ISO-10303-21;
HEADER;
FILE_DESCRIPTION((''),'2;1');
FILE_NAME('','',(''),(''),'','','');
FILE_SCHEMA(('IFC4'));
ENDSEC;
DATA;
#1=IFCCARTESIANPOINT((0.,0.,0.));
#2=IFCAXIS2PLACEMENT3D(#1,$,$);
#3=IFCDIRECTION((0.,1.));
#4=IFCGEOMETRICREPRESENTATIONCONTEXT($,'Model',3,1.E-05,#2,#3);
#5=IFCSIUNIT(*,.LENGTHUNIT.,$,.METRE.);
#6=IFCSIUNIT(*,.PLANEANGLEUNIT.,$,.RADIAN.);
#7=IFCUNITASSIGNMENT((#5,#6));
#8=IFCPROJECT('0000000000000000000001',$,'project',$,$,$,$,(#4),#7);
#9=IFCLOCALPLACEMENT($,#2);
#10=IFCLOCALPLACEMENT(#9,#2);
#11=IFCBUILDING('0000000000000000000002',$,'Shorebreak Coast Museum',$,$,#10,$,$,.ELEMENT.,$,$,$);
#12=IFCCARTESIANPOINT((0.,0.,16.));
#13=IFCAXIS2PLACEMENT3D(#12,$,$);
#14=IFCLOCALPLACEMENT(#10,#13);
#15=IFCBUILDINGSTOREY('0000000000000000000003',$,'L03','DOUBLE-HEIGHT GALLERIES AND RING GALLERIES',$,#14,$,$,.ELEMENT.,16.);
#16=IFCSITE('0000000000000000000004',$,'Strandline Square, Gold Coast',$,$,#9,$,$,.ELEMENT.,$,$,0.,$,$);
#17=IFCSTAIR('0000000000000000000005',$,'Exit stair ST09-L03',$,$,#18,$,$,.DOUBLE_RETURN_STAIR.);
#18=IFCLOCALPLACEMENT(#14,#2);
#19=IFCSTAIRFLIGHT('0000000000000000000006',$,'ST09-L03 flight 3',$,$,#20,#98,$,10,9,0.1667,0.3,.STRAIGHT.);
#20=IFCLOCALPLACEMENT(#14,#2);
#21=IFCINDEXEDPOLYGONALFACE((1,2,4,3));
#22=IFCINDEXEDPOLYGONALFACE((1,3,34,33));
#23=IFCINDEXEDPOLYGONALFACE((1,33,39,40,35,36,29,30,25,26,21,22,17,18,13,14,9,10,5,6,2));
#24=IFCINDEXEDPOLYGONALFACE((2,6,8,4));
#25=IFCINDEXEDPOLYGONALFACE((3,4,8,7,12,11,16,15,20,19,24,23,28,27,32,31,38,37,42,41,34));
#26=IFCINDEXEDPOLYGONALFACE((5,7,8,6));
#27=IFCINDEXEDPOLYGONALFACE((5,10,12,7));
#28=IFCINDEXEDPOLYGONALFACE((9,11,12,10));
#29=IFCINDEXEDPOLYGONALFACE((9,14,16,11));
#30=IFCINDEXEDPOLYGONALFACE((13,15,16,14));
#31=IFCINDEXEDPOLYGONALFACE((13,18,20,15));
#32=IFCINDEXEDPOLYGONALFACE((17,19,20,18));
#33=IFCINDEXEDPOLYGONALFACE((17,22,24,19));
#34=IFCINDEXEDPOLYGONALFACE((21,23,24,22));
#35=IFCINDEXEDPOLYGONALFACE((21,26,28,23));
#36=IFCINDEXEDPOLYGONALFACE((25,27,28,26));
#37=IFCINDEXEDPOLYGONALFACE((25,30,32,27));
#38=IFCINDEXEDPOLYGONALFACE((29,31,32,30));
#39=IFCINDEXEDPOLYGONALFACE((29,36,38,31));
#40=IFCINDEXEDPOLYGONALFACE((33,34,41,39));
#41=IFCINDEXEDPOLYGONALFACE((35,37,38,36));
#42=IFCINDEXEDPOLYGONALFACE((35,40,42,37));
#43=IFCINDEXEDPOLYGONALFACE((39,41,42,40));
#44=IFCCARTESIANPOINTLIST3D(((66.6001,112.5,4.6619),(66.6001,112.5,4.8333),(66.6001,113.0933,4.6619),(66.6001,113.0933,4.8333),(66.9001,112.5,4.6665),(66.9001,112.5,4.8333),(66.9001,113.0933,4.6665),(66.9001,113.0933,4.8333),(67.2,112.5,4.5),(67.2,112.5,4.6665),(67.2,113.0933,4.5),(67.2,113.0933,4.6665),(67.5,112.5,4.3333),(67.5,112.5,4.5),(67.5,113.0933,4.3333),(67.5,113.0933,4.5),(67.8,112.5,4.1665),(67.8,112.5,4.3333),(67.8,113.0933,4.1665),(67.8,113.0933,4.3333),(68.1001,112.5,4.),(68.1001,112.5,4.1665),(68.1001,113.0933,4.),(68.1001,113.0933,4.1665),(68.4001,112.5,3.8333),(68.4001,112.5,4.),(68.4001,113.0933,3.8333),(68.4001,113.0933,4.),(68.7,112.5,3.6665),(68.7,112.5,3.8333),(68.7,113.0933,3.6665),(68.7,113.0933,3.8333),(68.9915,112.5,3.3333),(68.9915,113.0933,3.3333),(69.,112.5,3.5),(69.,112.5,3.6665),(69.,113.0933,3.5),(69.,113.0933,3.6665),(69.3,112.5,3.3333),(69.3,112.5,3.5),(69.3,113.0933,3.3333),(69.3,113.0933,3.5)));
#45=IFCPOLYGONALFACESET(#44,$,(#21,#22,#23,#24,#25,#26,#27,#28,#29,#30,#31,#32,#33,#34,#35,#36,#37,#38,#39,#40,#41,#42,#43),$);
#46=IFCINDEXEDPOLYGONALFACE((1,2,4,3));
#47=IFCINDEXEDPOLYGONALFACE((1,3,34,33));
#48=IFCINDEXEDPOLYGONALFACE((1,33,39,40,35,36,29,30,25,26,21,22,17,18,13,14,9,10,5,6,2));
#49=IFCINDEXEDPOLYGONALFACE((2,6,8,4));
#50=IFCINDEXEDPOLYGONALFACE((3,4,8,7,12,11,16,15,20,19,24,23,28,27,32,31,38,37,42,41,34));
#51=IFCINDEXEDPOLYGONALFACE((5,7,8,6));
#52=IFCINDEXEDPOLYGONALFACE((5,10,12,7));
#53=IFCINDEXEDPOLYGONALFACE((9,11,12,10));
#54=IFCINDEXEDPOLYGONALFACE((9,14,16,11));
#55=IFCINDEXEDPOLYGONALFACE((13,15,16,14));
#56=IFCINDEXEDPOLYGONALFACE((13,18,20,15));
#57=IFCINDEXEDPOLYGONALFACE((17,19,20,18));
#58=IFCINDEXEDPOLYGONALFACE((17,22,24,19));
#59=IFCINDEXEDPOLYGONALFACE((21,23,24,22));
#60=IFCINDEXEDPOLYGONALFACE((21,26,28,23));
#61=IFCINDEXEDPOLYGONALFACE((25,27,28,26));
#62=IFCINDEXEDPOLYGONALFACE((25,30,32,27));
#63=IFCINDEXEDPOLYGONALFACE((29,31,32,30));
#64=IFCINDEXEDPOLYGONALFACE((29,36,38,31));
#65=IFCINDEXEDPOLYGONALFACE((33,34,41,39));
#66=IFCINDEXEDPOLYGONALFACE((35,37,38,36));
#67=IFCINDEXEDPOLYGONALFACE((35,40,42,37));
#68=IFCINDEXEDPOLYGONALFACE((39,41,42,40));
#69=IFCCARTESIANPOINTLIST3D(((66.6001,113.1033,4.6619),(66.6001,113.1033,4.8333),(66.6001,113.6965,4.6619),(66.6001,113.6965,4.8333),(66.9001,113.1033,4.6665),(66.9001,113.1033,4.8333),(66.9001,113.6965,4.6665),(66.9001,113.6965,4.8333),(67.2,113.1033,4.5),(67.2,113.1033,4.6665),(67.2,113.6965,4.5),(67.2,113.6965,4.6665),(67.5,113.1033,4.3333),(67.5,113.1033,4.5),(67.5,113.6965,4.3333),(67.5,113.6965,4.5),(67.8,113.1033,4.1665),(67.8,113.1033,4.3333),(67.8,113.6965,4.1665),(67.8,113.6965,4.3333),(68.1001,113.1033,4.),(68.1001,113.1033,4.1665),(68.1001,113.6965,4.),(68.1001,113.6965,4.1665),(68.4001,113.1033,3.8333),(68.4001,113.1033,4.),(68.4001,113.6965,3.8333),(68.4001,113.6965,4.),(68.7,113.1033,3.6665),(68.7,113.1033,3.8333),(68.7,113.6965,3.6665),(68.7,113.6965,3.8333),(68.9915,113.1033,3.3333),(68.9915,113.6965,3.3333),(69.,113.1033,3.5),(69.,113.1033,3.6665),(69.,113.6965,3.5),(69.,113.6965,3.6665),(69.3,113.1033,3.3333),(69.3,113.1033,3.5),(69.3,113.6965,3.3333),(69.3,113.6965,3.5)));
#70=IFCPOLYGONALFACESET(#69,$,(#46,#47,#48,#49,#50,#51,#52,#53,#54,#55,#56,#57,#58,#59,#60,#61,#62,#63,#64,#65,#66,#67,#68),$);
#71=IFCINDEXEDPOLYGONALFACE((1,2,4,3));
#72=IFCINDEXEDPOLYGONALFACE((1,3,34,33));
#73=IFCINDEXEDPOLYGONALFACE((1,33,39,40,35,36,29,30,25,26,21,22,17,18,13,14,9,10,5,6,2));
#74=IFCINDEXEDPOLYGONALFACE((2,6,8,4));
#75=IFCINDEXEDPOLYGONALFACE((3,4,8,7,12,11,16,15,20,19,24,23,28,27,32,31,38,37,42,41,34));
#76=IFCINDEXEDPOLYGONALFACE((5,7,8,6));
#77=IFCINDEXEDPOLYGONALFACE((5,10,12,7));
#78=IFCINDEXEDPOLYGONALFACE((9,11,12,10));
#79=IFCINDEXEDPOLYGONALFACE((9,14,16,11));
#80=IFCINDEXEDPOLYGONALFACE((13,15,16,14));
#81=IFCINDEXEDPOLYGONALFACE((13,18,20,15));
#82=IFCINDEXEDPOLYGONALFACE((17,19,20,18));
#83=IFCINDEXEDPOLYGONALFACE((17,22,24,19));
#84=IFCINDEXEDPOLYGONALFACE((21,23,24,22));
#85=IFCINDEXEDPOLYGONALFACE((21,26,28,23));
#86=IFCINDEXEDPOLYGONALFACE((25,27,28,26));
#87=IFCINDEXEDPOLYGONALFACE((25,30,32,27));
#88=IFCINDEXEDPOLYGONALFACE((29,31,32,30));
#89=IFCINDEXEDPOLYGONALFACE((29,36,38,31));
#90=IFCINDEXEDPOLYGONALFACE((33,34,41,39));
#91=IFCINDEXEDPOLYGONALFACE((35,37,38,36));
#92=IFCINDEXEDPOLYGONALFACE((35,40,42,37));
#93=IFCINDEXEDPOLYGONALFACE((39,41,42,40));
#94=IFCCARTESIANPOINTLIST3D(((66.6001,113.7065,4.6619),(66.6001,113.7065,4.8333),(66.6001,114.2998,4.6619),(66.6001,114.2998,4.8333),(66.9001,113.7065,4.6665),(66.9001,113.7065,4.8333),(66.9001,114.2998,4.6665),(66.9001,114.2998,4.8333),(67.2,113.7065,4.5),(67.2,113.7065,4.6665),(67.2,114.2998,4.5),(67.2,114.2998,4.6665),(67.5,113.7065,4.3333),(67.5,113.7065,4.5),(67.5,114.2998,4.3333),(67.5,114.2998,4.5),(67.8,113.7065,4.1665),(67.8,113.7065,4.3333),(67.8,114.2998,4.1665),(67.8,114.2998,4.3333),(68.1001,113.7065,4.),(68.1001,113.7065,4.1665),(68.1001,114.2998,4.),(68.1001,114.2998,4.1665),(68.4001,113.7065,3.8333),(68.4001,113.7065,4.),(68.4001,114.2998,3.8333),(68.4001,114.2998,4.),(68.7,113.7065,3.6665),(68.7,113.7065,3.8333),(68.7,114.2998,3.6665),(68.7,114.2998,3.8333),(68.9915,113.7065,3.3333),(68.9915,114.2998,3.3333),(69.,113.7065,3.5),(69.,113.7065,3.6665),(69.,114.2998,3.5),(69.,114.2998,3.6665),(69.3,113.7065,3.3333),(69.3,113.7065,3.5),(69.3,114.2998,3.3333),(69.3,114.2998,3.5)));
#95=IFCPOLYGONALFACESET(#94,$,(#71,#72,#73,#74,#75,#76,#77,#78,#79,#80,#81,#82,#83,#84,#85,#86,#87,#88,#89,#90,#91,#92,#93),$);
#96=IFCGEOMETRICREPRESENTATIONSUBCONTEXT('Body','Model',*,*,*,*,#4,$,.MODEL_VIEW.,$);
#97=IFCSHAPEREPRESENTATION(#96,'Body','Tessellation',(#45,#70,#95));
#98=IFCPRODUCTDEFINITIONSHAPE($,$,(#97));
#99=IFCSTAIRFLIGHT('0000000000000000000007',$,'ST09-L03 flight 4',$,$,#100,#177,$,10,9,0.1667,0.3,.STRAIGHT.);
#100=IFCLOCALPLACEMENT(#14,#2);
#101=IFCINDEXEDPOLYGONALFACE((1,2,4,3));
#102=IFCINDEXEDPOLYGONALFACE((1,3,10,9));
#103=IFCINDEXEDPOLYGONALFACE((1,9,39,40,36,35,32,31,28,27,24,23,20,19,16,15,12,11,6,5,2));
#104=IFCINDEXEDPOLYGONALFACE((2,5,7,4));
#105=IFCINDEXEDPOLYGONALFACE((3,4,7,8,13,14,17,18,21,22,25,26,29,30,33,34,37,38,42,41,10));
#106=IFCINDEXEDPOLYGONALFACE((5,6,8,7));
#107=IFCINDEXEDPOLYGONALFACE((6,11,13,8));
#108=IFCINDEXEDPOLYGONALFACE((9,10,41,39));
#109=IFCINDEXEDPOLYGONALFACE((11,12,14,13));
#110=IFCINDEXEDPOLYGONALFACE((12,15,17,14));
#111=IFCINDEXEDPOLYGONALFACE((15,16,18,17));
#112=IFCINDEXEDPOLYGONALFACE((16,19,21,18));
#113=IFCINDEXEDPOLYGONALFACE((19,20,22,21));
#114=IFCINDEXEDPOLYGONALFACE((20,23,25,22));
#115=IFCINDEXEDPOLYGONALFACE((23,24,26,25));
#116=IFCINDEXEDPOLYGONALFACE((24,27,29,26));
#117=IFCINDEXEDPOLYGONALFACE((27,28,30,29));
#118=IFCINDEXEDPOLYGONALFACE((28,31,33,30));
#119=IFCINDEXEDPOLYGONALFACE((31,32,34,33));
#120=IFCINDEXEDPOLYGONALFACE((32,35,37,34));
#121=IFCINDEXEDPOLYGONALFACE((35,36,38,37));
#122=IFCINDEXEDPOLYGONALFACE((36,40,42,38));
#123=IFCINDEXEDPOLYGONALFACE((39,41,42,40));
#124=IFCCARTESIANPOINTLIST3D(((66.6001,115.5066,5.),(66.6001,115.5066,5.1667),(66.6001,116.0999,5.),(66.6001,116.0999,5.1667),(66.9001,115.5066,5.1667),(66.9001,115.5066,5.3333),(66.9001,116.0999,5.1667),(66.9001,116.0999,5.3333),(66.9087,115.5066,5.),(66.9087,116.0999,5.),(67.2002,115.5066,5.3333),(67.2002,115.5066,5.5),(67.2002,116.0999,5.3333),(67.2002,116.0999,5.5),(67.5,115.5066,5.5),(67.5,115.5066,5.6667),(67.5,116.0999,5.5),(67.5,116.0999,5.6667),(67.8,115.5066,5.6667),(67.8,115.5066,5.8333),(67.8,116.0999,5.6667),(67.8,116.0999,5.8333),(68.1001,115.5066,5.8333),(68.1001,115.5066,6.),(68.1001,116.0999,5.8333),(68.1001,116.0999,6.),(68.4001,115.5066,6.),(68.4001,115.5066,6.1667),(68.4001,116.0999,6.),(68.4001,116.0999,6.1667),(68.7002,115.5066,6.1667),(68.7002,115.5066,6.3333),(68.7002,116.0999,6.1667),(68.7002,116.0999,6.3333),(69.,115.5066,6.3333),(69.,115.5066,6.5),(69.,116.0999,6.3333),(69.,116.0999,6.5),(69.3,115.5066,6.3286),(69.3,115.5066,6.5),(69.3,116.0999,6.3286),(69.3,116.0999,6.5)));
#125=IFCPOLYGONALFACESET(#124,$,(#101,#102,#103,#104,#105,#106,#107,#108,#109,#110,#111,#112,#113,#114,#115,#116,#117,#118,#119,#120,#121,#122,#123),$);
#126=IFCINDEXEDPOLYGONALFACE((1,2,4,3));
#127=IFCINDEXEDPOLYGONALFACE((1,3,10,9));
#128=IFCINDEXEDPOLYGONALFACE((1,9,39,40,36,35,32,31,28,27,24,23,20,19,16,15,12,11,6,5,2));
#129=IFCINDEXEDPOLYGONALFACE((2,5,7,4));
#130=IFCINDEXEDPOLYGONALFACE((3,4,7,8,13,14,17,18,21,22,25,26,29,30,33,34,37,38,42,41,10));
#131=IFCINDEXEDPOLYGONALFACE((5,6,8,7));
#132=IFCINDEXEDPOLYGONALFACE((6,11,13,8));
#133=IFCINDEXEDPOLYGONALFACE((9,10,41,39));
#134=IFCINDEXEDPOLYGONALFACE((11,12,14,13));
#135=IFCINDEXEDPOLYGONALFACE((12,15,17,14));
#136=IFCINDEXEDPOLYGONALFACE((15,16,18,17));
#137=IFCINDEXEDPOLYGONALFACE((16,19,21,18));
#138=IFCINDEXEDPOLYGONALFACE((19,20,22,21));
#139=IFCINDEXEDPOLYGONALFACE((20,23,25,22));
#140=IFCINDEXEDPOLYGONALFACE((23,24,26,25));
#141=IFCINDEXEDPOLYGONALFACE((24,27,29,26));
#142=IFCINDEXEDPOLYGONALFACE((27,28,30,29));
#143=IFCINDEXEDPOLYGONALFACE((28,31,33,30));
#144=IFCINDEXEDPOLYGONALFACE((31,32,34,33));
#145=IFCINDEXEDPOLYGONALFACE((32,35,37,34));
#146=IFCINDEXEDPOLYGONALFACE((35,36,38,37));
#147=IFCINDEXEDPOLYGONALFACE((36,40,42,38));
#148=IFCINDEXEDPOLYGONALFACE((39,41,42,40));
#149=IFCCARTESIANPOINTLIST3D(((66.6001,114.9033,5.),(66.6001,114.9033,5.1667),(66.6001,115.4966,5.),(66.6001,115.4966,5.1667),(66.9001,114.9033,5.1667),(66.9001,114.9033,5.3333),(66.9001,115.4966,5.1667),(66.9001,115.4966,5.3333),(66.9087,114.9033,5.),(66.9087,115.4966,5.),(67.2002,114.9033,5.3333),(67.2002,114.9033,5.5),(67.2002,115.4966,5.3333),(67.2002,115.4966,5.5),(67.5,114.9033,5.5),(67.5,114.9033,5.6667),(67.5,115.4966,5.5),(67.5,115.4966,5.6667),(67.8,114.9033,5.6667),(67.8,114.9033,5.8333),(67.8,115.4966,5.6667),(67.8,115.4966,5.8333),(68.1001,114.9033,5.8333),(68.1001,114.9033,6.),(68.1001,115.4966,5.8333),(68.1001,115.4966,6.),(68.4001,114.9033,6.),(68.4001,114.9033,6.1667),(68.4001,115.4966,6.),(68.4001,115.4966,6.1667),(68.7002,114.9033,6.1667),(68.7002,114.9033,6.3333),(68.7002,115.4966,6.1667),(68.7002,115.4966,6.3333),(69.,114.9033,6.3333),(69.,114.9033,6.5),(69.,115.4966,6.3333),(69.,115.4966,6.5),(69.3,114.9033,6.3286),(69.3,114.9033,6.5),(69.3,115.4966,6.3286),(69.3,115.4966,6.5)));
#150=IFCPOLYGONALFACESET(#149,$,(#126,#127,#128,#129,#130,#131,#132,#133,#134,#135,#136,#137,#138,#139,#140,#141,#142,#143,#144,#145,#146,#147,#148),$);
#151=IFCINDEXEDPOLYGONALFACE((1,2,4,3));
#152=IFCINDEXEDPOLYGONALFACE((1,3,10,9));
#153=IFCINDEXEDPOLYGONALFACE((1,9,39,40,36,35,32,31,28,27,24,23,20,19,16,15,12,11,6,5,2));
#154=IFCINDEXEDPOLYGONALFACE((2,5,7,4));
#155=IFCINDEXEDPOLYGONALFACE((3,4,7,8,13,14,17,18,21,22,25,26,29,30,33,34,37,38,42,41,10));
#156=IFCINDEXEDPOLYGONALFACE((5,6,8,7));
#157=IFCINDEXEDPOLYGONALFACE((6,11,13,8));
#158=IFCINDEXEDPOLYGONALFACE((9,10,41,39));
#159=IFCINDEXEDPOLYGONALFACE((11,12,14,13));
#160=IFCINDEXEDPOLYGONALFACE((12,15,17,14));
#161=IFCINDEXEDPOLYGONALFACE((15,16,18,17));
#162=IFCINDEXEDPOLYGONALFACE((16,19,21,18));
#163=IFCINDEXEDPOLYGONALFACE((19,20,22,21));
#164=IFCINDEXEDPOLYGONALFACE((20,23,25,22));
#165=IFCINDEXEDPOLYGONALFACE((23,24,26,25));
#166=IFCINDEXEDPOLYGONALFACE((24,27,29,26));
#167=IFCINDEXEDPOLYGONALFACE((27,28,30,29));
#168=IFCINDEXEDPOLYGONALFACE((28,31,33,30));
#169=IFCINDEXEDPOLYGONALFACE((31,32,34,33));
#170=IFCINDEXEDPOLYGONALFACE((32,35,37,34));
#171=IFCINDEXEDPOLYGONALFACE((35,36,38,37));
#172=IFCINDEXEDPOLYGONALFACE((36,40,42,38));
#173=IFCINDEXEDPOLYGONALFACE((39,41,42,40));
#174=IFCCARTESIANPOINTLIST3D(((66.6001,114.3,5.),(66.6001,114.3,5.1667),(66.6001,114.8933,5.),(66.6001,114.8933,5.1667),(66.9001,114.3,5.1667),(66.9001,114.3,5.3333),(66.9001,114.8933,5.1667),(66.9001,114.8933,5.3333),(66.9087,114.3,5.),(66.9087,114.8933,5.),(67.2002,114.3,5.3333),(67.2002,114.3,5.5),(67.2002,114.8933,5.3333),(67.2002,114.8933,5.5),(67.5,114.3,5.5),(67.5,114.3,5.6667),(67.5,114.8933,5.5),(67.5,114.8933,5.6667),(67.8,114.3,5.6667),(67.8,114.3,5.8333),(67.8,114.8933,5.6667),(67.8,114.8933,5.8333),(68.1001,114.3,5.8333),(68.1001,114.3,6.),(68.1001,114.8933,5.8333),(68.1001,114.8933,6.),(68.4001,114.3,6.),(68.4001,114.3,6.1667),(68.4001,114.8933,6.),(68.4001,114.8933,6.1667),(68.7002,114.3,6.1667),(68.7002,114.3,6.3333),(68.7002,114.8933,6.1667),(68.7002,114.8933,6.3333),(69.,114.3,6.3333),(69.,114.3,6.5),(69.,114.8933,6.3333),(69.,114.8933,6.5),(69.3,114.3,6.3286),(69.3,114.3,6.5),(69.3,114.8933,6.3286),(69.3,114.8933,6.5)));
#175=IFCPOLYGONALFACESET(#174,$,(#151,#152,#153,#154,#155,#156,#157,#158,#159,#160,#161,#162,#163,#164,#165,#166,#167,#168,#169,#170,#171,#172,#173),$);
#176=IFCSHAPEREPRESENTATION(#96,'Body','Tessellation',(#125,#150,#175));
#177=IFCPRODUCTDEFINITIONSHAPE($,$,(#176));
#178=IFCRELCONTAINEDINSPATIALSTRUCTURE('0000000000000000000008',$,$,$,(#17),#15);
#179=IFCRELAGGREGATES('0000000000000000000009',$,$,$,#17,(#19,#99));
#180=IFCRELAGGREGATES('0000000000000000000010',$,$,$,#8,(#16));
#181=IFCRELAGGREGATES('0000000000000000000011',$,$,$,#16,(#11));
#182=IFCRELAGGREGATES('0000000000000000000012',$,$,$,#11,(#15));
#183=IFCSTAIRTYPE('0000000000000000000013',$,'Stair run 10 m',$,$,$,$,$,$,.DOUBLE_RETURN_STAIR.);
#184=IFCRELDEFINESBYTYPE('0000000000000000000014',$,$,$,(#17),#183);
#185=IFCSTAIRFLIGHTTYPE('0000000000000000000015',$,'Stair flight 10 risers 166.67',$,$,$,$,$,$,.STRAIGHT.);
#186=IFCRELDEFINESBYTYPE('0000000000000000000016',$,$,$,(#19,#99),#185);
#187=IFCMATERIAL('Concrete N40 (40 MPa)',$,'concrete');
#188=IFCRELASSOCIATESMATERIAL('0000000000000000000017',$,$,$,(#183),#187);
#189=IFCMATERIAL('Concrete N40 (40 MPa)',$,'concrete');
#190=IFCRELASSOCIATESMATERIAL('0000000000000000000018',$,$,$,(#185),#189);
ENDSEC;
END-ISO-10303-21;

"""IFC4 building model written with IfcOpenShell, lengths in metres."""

from ifc_helpers import new_model, si_unit, direction, frame, origin, place, context, subcontext, project, spatial, polyline, outline, extrude, material, type_object, element, aggregate, save


model = new_model("IFC4")

# Units and contexts
model_context = context("Model", 3, precision=1e-05, world=origin(), true_north=direction((0.0, 1.0)))
body_context = subcontext(model_context, "Body", "Model", "MODEL_VIEW")
ifc_project = project(units=[si_unit("LENGTHUNIT", "METRE"), si_unit("PLANEANGLEUNIT", "RADIAN")], contexts=[model_context])

# Site, building, storey
site_placement = place(None, origin())
site = spatial("IfcSite", under=ifc_project, at=site_placement, Name="Strandline Square, Gold Coast", CompositionType="ELEMENT", RefElevation=0.0)
building_placement = place(site_placement, origin())
building = spatial("IfcBuilding", under=site, at=building_placement, Name="Shorebreak Coast Museum", CompositionType="ELEMENT")
storey_placement = place(building_placement, frame((0.0, 0.0, 16.0)))
storey = spatial("IfcBuildingStorey", under=building, at=storey_placement, Name="L03", Description="DOUBLE-HEIGHT GALLERIES AND RING GALLERIES", CompositionType="ELEMENT", Elevation=16.0)

# Stair, stair flights
ifc_material_1 = material(Name="Concrete N40 (40 MPa)", Category="concrete")
stair_type = type_object("IfcStairType", Name="Stair run 10 m", PredefinedType="DOUBLE_RETURN_STAIR", material=ifc_material_1)
stair_placement = place(storey_placement, origin())
stair = element("IfcStair", 1, at=stair_placement, inside=storey, type_object=stair_type, Name="Exit stair ST09-L03", PredefinedType="DOUBLE_RETURN_STAIR")
ifc_material_2 = material(Name="Concrete N40 (40 MPa)", Category="concrete")
stair_flight_type = type_object("IfcStairFlightType", Name="Stair flight 10 risers 166.67", PredefinedType="STRAIGHT", material=ifc_material_2)
stair_flight_1_placement = place(storey_placement, frame((69.3, 113.3999, 3.3333), z_axis=(0.0, 0.0, 1.0), x_axis=(-1.0, 0.0, 0.0)))
stair_flight_1 = element("IfcStairFlight", 2, at=stair_flight_1_placement, type_object=stair_flight_type, Name="ST09-L03 flight 3", NumberOfRisers=10, NumberOfTreads=9, PredefinedType="STRAIGHT", RiserHeight=0.1667, TreadLength=0.3, context=body_context, shape_type="SweptSolid", body=[
    extrude(outline(polyline([(0.0, 0.0), (0.0, 0.1667), (0.3, 0.1667), (0.3, 0.3333), (0.6001, 0.3333), (0.6001, 0.5), (0.8999, 0.5), (0.8999, 0.6667), (1.2, 0.6667), (1.2, 0.8333), (1.5, 0.8333), (1.5, 1.0), (1.8, 1.0), (1.8, 1.1667), (2.1001, 1.1667), (2.1001, 1.3333), (2.3999, 1.3333), (2.3999, 1.5), (2.7, 1.5), (2.7, 1.6667), (2.7, 1.3286), (0.3086, 0.0), (0.0, 0.0)])), frame((0.0, 0.8999, 0.0), z_axis=(0.0, -1.0, 0.0), x_axis=(1.0, 0.0, 0.0)), (0.0, 0.0, 1.0), 0.5933),
    extrude(outline(polyline([(0.0, 0.0), (0.0, 0.1667), (0.3, 0.1667), (0.3, 0.3333), (0.6001, 0.3333), (0.6001, 0.5), (0.8999, 0.5), (0.8999, 0.6667), (1.2, 0.6667), (1.2, 0.8333), (1.5, 0.8333), (1.5, 1.0), (1.8, 1.0), (1.8, 1.1667), (2.1001, 1.1667), (2.1001, 1.3333), (2.3999, 1.3333), (2.3999, 1.5), (2.7, 1.5), (2.7, 1.6667), (2.7, 1.3286), (0.3086, 0.0), (0.0, 0.0)])), frame((0.0, 0.2966, 0.0), z_axis=(0.0, -1.0, 0.0), x_axis=(1.0, 0.0, 0.0)), (0.0, 0.0, 1.0), 0.5933),
    extrude(outline(polyline([(0.0, 0.0), (0.0, 0.1667), (0.3, 0.1667), (0.3, 0.3333), (0.6001, 0.3333), (0.6001, 0.5), (0.8999, 0.5), (0.8999, 0.6667), (1.2, 0.6667), (1.2, 0.8333), (1.5, 0.8333), (1.5, 1.0), (1.8, 1.0), (1.8, 1.1667), (2.1001, 1.1667), (2.1001, 1.3333), (2.3999, 1.3333), (2.3999, 1.5), (2.7, 1.5), (2.7, 1.6667), (2.7, 1.3286), (0.3086, 0.0), (0.0, 0.0)])), frame((0.0, -0.3066, 0.0), z_axis=(0.0, -1.0, 0.0), x_axis=(1.0, 0.0, 0.0)), (0.0, 0.0, 1.0), 0.5933),
])
stair_flight_2_placement = place(storey_placement, frame((66.6001, 115.2, 5.0), z_axis=(0.0, 0.0, 1.0), x_axis=(1.0, 0.0, 0.0)))
stair_flight_2 = element("IfcStairFlight", 3, at=stair_flight_2_placement, type_object=stair_flight_type, Name="ST09-L03 flight 4", NumberOfRisers=10, NumberOfTreads=9, PredefinedType="STRAIGHT", RiserHeight=0.1667, TreadLength=0.3, context=body_context, shape_type="SweptSolid", body=[
    extrude(outline(polyline([(0.0, 0.0), (0.0, 0.1667), (0.3, 0.1667), (0.3, 0.3333), (0.6001, 0.3333), (0.6001, 0.5), (0.8999, 0.5), (0.8999, 0.6667), (1.2, 0.6667), (1.2, 0.8333), (1.5, 0.8333), (1.5, 1.0), (1.8, 1.0), (1.8, 1.1667), (2.1001, 1.1667), (2.1001, 1.3333), (2.3999, 1.3333), (2.3999, 1.5), (2.7, 1.5), (2.7, 1.6667), (2.7, 1.3286), (0.3086, 0.0), (0.0, 0.0)])), frame((0.0, 0.8999, 0.0), z_axis=(0.0, -1.0, 0.0), x_axis=(1.0, 0.0, 0.0)), (0.0, 0.0, 1.0), 0.5933),
    extrude(outline(polyline([(0.0, 0.0), (0.0, 0.1667), (0.3, 0.1667), (0.3, 0.3333), (0.6001, 0.3333), (0.6001, 0.5), (0.8999, 0.5), (0.8999, 0.6667), (1.2, 0.6667), (1.2, 0.8333), (1.5, 0.8333), (1.5, 1.0), (1.8, 1.0), (1.8, 1.1667), (2.1001, 1.1667), (2.1001, 1.3333), (2.3999, 1.3333), (2.3999, 1.5), (2.7, 1.5), (2.7, 1.6667), (2.7, 1.3286), (0.3086, 0.0), (0.0, 0.0)])), frame((0.0, 0.2966, 0.0), z_axis=(0.0, -1.0, 0.0), x_axis=(1.0, 0.0, 0.0)), (0.0, 0.0, 1.0), 0.5933),
    extrude(outline(polyline([(0.0, 0.0), (0.0, 0.1667), (0.3, 0.1667), (0.3, 0.3333), (0.6001, 0.3333), (0.6001, 0.5), (0.8999, 0.5), (0.8999, 0.6667), (1.2, 0.6667), (1.2, 0.8333), (1.5, 0.8333), (1.5, 1.0), (1.8, 1.0), (1.8, 1.1667), (2.1001, 1.1667), (2.1001, 1.3333), (2.3999, 1.3333), (2.3999, 1.5), (2.7, 1.5), (2.7, 1.6667), (2.7, 1.3286), (0.3086, 0.0), (0.0, 0.0)])), frame((0.0, -0.3066, 0.0), z_axis=(0.0, -1.0, 0.0), x_axis=(1.0, 0.0, 0.0)), (0.0, 0.0, 1.0), 0.5933),
])
aggregate(stair, [stair_flight_1, stair_flight_2])

save(model, "model.ifc")
